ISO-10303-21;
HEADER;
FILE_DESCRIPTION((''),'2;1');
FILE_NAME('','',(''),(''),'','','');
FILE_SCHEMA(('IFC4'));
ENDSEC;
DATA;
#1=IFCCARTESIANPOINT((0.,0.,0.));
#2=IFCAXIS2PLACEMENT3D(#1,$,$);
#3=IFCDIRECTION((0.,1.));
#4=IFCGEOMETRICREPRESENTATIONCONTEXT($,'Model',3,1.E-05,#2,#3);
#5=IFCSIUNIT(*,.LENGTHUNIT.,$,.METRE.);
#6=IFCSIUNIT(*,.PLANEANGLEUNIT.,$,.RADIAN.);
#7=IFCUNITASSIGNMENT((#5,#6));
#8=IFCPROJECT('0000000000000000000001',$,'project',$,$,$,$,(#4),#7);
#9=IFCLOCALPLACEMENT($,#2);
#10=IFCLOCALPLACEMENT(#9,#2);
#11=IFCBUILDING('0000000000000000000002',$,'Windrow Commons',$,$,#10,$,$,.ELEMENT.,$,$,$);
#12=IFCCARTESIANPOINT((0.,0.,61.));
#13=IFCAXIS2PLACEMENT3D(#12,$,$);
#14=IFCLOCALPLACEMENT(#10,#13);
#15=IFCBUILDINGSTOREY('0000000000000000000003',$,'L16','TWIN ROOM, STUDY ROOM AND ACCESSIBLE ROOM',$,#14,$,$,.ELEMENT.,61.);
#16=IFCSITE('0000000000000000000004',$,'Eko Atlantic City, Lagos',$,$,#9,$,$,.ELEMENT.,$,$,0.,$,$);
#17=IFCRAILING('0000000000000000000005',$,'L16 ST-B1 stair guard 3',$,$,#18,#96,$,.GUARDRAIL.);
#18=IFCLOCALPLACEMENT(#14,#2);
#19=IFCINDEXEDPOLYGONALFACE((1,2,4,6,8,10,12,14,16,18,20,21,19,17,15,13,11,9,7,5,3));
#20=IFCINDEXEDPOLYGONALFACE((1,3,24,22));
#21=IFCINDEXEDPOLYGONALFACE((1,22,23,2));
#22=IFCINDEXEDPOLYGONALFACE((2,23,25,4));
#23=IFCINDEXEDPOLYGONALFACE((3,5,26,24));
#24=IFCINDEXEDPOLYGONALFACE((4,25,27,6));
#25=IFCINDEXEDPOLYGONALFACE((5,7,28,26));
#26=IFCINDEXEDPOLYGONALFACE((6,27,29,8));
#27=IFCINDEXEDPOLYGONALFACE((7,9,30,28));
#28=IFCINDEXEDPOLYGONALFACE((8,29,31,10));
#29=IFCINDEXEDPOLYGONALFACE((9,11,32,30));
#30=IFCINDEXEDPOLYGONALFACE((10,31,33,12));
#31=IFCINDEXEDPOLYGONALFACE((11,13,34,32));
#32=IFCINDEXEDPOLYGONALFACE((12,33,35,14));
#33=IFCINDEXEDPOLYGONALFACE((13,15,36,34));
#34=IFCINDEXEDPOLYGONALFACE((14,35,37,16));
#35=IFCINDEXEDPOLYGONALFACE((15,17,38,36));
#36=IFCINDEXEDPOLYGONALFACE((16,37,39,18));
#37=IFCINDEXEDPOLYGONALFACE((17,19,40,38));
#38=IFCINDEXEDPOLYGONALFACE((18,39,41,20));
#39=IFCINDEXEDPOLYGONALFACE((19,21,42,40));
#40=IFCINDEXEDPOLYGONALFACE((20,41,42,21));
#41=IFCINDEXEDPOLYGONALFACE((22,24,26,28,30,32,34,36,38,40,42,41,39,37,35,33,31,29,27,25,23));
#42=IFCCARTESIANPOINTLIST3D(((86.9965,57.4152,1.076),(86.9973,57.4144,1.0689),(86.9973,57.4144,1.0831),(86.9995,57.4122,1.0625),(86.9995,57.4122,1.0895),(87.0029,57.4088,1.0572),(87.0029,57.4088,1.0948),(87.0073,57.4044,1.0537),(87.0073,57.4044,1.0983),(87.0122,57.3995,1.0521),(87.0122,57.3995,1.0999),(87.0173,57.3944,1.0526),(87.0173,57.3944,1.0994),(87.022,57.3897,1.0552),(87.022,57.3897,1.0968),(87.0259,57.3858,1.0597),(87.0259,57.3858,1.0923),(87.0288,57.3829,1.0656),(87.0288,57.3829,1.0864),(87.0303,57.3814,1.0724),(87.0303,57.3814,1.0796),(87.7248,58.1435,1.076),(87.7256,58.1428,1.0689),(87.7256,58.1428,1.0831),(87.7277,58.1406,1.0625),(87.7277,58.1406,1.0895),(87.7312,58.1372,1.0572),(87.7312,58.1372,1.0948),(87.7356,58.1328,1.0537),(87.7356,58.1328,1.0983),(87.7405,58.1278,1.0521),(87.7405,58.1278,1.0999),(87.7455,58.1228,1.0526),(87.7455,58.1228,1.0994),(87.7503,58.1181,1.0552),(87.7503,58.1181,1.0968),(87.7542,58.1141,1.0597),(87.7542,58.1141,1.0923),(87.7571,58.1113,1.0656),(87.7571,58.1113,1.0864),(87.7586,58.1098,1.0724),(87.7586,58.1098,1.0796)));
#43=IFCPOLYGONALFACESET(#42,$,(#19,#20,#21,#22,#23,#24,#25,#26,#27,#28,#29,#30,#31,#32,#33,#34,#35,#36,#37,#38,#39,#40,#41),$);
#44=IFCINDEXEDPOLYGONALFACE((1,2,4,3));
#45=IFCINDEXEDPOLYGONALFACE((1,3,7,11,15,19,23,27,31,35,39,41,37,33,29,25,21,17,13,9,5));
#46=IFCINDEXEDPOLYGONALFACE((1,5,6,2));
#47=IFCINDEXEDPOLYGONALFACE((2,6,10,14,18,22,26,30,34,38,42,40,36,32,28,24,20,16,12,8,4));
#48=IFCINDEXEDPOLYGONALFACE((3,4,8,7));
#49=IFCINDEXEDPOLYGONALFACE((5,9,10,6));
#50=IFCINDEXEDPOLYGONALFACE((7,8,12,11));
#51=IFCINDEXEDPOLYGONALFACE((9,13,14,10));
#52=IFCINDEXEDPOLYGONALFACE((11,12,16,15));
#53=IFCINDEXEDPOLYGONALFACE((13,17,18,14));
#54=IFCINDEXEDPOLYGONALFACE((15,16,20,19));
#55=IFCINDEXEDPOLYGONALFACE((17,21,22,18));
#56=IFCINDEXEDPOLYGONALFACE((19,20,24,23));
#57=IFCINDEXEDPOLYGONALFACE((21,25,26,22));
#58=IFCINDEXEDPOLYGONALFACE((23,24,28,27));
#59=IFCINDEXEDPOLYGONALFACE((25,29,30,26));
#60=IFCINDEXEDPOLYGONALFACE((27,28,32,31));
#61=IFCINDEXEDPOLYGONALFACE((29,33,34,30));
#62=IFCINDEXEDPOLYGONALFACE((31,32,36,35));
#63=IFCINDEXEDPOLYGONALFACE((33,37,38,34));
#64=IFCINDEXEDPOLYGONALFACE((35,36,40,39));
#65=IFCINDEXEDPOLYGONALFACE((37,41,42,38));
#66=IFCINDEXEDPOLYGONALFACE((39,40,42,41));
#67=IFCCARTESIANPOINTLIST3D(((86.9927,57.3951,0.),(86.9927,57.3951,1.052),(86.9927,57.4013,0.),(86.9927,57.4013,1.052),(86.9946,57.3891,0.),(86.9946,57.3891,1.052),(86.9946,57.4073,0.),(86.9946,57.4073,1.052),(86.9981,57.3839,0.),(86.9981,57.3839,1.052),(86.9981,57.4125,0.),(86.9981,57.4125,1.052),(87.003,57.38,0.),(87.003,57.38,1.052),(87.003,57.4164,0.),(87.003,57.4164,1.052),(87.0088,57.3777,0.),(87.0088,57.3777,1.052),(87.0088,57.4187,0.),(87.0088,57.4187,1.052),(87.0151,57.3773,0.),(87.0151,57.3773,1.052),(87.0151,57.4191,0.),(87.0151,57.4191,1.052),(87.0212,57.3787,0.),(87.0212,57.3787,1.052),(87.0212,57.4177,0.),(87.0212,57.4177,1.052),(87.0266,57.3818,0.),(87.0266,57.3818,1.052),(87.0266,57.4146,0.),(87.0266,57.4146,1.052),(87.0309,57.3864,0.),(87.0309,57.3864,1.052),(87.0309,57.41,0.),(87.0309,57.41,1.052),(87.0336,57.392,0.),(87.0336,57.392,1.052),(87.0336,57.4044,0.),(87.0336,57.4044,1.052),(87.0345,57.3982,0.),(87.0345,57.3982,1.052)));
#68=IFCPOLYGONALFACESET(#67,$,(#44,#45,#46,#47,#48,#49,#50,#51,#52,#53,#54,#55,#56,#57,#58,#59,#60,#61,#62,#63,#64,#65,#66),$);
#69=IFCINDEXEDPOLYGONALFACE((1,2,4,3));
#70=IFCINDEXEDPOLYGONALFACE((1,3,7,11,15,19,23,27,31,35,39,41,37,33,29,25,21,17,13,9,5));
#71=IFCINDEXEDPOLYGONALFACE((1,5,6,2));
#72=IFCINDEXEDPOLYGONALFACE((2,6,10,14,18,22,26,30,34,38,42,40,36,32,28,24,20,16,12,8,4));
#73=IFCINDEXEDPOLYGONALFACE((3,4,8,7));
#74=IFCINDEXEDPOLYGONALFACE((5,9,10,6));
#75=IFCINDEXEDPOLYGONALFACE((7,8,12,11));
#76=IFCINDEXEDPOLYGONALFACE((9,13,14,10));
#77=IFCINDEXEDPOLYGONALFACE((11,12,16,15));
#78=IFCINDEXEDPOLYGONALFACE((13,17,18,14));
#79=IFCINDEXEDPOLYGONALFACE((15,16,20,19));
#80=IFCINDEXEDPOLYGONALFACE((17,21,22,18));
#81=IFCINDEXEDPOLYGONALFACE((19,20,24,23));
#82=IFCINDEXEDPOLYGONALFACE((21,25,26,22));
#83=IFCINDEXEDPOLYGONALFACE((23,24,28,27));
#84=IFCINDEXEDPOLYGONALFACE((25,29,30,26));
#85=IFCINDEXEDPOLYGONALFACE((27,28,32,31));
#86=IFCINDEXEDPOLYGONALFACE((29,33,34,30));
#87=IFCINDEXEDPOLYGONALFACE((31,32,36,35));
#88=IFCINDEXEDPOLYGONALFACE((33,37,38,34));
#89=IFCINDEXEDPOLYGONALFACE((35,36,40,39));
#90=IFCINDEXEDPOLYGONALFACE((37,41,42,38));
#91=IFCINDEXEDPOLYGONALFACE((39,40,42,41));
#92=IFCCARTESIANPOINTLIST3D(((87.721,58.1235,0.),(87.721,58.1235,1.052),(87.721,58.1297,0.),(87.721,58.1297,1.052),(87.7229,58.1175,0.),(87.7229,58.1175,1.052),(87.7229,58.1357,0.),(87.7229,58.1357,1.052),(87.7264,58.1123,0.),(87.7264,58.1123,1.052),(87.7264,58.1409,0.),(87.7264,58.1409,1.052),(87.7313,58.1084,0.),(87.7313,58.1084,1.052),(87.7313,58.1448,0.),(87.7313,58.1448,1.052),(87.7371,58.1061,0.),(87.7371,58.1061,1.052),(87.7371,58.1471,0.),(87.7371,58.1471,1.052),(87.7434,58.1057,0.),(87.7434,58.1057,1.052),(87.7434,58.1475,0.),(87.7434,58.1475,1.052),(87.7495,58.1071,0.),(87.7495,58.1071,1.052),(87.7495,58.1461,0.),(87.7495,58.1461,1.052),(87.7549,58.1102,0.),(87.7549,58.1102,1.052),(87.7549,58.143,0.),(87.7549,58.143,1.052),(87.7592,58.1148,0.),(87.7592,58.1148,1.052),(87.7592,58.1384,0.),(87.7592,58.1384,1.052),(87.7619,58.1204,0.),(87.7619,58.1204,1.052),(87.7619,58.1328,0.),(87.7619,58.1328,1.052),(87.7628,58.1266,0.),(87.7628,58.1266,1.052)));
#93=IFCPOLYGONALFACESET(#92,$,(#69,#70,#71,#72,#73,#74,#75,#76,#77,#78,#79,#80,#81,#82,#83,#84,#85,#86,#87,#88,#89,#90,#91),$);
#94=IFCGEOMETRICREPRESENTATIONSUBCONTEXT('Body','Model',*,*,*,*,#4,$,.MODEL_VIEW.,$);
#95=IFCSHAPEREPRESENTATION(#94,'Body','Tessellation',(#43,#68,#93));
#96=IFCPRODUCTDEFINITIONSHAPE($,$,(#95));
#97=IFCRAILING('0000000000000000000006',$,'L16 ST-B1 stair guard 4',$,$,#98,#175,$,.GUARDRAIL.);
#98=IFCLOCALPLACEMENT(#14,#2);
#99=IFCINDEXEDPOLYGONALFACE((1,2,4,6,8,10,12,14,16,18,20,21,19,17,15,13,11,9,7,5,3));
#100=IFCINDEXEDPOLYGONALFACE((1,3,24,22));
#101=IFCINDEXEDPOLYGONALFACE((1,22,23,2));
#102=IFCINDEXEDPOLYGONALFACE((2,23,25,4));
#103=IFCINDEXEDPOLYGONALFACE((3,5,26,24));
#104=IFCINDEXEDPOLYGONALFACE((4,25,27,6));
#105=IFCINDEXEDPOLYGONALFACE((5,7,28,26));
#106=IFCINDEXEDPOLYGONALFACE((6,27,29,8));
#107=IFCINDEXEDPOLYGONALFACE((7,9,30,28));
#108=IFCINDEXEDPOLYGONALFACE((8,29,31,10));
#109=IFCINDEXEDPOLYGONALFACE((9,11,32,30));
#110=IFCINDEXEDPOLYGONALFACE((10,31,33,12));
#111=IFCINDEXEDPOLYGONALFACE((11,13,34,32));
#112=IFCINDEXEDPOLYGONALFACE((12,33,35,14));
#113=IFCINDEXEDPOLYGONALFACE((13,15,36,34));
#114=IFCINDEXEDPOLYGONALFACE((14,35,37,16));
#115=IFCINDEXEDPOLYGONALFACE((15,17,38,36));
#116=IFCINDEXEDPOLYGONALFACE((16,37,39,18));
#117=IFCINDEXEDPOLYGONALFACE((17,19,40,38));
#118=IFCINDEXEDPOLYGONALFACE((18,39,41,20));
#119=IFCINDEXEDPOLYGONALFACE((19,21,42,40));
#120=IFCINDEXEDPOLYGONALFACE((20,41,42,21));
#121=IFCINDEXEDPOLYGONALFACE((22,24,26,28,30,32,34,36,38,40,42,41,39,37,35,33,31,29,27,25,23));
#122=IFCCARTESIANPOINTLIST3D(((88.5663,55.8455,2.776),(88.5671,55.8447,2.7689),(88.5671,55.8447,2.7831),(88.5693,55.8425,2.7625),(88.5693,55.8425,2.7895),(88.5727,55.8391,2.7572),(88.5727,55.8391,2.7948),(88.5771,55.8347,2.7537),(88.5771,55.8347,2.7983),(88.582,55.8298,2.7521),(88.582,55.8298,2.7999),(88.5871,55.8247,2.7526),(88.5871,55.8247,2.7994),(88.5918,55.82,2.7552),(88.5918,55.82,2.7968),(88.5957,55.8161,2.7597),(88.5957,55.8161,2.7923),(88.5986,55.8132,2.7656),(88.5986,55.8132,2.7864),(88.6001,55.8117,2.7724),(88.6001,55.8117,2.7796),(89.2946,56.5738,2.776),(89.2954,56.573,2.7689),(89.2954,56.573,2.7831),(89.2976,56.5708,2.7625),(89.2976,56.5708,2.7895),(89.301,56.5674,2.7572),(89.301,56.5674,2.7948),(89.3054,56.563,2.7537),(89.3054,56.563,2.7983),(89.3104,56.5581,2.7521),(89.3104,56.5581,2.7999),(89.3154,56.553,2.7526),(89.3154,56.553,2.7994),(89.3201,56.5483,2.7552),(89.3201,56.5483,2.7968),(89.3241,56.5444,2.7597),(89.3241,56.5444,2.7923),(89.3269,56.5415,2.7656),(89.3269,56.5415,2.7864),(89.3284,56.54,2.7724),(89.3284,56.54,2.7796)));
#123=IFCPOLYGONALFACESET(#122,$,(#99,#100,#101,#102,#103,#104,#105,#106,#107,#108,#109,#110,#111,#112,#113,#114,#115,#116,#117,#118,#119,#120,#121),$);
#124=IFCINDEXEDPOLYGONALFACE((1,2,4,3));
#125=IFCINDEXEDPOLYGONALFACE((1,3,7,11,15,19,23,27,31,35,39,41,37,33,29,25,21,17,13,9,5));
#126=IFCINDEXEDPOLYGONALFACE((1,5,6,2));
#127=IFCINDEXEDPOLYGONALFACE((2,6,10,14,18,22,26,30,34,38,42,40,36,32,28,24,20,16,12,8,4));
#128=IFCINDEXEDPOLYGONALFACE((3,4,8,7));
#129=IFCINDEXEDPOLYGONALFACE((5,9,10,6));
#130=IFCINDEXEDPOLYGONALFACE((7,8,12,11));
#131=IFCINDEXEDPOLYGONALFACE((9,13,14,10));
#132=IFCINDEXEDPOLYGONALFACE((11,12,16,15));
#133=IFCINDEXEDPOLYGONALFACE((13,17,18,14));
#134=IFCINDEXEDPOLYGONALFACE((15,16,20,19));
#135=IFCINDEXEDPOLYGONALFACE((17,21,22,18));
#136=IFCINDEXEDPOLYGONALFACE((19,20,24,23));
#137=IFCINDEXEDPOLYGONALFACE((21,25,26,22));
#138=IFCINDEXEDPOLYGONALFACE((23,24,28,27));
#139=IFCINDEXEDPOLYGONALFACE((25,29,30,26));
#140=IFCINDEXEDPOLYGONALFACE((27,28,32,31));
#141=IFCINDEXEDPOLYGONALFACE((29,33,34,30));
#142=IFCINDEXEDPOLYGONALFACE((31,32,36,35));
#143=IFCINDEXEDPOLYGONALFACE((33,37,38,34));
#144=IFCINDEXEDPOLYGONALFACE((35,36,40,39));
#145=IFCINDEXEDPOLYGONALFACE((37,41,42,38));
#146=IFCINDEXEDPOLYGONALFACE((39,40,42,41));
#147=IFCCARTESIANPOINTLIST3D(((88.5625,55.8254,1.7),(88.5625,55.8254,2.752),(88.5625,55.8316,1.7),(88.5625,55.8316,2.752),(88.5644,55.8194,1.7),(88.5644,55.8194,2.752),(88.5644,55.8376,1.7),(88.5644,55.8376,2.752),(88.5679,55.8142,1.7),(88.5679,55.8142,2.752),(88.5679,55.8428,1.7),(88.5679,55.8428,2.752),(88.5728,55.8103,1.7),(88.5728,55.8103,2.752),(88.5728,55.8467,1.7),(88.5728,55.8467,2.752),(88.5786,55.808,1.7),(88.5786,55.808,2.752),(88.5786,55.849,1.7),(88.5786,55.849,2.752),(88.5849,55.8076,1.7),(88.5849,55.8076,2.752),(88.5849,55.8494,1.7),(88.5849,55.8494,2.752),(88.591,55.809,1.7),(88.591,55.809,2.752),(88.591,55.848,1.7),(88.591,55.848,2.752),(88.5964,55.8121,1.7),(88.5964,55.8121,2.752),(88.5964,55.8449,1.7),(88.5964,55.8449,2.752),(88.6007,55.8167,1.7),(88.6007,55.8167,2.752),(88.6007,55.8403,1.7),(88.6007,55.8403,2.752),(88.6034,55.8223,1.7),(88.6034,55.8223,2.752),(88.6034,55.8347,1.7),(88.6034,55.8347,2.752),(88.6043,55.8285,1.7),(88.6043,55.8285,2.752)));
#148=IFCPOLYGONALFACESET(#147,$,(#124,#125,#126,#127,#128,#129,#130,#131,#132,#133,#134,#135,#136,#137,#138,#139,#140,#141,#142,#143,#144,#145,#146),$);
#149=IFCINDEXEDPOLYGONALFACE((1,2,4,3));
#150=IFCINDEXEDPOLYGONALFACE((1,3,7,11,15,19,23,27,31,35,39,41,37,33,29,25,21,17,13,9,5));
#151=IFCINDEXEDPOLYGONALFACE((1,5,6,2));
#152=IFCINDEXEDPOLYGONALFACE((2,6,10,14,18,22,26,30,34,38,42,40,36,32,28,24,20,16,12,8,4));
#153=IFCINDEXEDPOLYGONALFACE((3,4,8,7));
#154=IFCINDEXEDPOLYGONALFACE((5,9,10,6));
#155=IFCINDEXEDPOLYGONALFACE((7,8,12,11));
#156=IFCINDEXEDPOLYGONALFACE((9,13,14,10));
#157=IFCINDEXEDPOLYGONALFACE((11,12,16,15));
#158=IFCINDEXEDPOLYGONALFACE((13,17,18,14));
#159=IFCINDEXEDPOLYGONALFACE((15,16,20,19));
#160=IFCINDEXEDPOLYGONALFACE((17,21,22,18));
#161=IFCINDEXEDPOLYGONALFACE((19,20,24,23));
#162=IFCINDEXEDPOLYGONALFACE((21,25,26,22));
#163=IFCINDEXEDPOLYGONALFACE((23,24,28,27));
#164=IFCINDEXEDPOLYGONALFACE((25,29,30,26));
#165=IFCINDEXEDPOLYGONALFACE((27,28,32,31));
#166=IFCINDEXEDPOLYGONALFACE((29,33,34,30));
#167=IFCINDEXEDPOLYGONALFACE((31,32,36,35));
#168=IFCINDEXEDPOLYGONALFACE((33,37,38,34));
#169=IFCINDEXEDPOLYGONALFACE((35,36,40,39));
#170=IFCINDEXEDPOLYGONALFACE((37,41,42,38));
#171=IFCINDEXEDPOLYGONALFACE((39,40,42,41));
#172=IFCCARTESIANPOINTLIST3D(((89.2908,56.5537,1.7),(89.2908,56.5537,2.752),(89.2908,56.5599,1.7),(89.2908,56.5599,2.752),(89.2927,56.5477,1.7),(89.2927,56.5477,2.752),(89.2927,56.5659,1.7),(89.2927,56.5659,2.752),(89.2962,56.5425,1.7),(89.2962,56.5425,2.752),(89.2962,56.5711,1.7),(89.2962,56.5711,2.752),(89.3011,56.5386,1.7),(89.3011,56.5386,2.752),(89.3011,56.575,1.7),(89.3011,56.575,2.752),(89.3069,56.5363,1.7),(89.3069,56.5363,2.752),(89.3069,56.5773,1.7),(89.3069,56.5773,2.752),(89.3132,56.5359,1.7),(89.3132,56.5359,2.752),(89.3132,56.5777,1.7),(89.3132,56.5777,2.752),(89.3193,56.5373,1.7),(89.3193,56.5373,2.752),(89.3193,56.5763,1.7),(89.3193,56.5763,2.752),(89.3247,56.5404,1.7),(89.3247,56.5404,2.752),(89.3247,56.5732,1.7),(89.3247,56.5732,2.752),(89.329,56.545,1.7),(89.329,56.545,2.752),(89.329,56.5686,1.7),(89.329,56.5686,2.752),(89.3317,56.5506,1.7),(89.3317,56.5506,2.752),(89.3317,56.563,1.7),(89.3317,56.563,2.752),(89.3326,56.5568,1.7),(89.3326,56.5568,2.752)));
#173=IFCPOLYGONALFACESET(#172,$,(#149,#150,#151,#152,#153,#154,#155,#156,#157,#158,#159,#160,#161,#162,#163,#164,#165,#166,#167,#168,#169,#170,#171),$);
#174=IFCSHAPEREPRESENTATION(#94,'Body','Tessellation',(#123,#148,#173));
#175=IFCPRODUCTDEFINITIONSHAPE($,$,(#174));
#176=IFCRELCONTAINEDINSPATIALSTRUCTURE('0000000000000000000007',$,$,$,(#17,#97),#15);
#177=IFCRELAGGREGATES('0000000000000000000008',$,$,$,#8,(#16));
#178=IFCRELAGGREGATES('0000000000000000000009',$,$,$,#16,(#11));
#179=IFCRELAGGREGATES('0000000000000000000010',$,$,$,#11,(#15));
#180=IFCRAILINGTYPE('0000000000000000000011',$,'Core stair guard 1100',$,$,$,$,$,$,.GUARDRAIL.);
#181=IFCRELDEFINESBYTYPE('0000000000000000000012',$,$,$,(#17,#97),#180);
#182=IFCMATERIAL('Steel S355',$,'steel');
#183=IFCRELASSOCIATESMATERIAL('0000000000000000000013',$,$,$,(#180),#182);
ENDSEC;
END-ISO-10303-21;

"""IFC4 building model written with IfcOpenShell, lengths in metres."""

from ifc_helpers import new_model, si_unit, direction, frame, origin, origin_2d, place, context, subcontext, project, spatial, circle, extrude, material, type_object, element, save


model = new_model("IFC4")

# Units and contexts
model_context = context("Model", 3, precision=1e-05, world=origin(), true_north=direction((0.0, 1.0)))
body_context = subcontext(model_context, "Body", "Model", "MODEL_VIEW")
ifc_project = project(units=[si_unit("LENGTHUNIT", "METRE"), si_unit("PLANEANGLEUNIT", "RADIAN")], contexts=[model_context])

# Site, building, storey
site_placement = place(None, origin())
site = spatial("IfcSite", under=ifc_project, at=site_placement, Name="Eko Atlantic City, Lagos", CompositionType="ELEMENT", RefElevation=0.0)
building_placement = place(site_placement, origin())
building = spatial("IfcBuilding", under=site, at=building_placement, Name="Windrow Commons", CompositionType="ELEMENT")
storey_placement = place(building_placement, frame((0.0, 0.0, 61.0)))
storey = spatial("IfcBuildingStorey", under=building, at=storey_placement, Name="L16", Description="TWIN ROOM, STUDY ROOM AND ACCESSIBLE ROOM", CompositionType="ELEMENT", Elevation=61.0)

# Railings
ifc_material_1 = material(Name="Steel S355", Category="steel")
railing_type_1 = type_object("IfcRailingType", Name="Core stair guard 1100", PredefinedType="GUARDRAIL", material=ifc_material_1)
railing_1_placement = place(storey_placement, frame((87.0135, 57.3982, 0.0)))
element("IfcRailing", 1, at=railing_1_placement, inside=storey, type_object=railing_type_1, Name="L16 ST-B1 stair guard 3", PredefinedType="GUARDRAIL", context=body_context, shape_type="SweptSolid", body=[
    extrude(circle(Radius=0.024, at=origin_2d()), frame((0.0, 0.0, 1.076), z_axis=(0.707058, 0.707155, 0.0), x_axis=(-0.707155, 0.707058, 0.0)), (0.0, 0.0, 1.0), 1.03),
    extrude(circle(Radius=0.021, at=origin_2d()), origin(), (0.0, 0.0, 1.0), 1.052),
    extrude(circle(Radius=0.021, at=origin_2d()), frame((0.7283, 0.7284, 0.0)), (0.0, 0.0, 1.0), 1.052),
])
railing_2_placement = place(storey_placement, frame((88.5833, 55.8285, 1.7)))
element("IfcRailing", 2, at=railing_2_placement, inside=storey, type_object=railing_type_1, Name="L16 ST-B1 stair guard 4", PredefinedType="GUARDRAIL", context=body_context, shape_type="SweptSolid", body=[
    extrude(circle(Radius=0.024, at=origin_2d()), frame((0.0, 0.0, 1.076), z_axis=(0.707107, 0.707107, 0.0), x_axis=(-0.707107, 0.707107, 0.0)), (0.0, 0.0, 1.0), 1.03),
    extrude(circle(Radius=0.021, at=origin_2d()), origin(), (0.0, 0.0, 1.0), 1.052),
    extrude(circle(Radius=0.021, at=origin_2d()), frame((0.7283, 0.7283, 0.0)), (0.0, 0.0, 1.0), 1.052),
])

save(model, "model.ifc")
